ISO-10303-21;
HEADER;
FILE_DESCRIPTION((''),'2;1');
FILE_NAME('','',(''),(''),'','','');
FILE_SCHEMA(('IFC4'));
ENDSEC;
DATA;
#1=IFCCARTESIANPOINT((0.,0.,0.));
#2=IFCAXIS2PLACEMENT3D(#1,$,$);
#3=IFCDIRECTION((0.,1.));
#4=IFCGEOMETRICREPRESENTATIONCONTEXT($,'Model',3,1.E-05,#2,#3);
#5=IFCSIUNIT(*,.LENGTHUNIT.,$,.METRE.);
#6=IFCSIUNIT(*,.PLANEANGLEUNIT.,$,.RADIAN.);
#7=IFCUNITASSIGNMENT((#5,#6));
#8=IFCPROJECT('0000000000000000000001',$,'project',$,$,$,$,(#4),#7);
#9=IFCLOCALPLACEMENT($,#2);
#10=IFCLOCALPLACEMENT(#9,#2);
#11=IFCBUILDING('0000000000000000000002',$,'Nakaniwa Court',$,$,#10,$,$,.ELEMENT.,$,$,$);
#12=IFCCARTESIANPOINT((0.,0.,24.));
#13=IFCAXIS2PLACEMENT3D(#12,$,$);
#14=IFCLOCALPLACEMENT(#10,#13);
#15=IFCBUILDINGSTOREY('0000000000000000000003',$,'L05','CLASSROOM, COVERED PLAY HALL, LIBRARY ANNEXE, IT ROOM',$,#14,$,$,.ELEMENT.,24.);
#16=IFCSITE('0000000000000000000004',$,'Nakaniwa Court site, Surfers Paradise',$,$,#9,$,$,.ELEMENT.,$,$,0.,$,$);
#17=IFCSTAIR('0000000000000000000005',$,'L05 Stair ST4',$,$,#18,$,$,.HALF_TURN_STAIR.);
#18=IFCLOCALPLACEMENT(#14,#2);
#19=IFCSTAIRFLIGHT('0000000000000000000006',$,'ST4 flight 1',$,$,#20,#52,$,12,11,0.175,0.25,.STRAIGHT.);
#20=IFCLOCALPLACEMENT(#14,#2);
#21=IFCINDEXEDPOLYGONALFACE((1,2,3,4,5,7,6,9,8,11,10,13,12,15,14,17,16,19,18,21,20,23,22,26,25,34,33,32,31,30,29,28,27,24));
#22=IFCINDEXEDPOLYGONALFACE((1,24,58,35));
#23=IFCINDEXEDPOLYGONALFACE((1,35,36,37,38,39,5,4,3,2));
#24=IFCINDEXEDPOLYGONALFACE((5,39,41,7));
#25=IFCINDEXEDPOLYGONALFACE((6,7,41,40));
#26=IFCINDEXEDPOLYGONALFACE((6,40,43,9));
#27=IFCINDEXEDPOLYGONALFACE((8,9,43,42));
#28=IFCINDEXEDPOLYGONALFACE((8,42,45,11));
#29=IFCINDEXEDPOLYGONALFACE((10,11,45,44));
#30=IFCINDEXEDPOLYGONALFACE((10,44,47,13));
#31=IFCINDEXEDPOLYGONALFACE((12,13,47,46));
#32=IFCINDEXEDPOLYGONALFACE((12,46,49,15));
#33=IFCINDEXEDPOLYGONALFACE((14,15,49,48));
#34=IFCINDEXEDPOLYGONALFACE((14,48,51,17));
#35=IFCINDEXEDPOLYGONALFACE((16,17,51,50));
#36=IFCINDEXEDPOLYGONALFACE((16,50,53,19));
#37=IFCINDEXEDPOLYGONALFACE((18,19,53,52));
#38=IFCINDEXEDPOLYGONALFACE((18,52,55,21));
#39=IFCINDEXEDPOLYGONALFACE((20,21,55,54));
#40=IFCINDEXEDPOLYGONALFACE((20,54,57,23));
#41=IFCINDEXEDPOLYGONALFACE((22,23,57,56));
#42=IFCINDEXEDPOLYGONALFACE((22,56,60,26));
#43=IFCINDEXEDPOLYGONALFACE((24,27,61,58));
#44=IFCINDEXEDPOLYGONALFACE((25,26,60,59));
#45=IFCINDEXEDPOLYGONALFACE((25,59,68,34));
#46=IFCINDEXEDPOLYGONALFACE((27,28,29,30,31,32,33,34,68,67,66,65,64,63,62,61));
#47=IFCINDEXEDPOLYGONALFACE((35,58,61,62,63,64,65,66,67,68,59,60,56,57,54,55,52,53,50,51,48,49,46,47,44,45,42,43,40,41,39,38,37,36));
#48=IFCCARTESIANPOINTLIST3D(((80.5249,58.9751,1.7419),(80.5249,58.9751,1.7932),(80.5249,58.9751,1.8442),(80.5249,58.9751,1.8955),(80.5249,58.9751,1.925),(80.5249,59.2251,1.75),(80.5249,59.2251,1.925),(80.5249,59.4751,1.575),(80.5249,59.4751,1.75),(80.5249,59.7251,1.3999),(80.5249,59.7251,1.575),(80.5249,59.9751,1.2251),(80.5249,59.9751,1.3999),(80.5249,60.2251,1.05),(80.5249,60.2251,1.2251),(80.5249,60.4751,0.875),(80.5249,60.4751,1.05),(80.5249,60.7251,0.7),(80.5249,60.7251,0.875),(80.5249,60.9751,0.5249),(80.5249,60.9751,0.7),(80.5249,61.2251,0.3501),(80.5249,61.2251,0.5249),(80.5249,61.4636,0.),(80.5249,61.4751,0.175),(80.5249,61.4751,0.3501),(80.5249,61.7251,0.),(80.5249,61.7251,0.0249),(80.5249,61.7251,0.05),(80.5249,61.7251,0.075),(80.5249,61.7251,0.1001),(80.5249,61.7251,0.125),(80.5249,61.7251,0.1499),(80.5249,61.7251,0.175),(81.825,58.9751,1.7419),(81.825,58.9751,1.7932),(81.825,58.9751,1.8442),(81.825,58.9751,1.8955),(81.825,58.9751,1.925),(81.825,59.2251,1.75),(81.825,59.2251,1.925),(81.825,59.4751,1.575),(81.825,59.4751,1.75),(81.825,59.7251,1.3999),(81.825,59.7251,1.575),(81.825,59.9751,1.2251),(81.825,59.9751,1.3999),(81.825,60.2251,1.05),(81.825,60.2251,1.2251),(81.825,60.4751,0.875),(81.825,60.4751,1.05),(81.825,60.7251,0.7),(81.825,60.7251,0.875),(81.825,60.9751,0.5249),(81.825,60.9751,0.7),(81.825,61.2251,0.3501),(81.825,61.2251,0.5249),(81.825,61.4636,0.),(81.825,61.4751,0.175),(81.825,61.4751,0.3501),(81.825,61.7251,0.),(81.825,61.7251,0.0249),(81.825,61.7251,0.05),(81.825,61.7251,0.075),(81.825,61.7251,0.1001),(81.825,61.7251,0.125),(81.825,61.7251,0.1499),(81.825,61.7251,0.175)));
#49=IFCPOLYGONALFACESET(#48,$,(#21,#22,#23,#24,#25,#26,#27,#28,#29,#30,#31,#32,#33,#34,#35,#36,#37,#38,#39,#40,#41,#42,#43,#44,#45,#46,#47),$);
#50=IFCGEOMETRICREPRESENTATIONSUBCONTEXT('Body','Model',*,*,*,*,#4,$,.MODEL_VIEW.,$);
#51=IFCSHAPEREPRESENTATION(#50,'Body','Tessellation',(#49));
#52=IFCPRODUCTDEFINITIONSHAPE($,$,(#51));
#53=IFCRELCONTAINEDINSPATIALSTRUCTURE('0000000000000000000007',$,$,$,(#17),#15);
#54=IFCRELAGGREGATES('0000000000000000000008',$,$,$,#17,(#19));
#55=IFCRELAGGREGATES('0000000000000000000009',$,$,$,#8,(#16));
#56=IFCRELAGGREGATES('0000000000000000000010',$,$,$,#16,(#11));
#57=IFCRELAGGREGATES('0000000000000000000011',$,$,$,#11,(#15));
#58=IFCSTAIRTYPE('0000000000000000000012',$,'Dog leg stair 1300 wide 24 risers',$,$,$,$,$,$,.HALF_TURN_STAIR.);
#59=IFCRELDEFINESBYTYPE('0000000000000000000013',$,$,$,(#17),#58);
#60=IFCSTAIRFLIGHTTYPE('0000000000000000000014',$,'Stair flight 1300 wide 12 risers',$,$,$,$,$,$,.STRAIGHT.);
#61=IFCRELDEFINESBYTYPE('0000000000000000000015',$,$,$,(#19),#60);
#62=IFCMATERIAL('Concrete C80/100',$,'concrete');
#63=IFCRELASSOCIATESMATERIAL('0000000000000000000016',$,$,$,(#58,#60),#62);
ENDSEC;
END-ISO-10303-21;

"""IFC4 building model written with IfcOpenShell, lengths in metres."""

from ifc_helpers import new_model, si_unit, direction, frame, origin, place, context, subcontext, project, spatial, polyline, outline, extrude, material, type_object, element, aggregate, save


model = new_model("IFC4")

# Units and contexts
model_context = context("Model", 3, precision=1e-05, world=origin(), true_north=direction((0.0, 1.0)))
body_context = subcontext(model_context, "Body", "Model", "MODEL_VIEW")
ifc_project = project(units=[si_unit("LENGTHUNIT", "METRE"), si_unit("PLANEANGLEUNIT", "RADIAN")], contexts=[model_context])

# Site, building, storey
site_placement = place(None, origin())
site = spatial("IfcSite", under=ifc_project, at=site_placement, Name="Nakaniwa Court site, Surfers Paradise", CompositionType="ELEMENT", RefElevation=0.0)
building_placement = place(site_placement, origin())
building = spatial("IfcBuilding", under=site, at=building_placement, Name="Nakaniwa Court", CompositionType="ELEMENT")
storey_placement = place(building_placement, frame((0.0, 0.0, 24.0)))
storey = spatial("IfcBuildingStorey", under=building, at=storey_placement, Name="L05", Description="CLASSROOM, COVERED PLAY HALL, LIBRARY ANNEXE, IT ROOM", CompositionType="ELEMENT", Elevation=24.0)

# Stair, stair flight
ifc_material_1 = material(Name="Concrete C80/100", Category="concrete")
stair_type = type_object("IfcStairType", Name="Dog leg stair 1300 wide 24 risers", PredefinedType="HALF_TURN_STAIR", material=ifc_material_1)
stair_placement = place(storey_placement, origin())
stair = element("IfcStair", 1, at=stair_placement, inside=storey, type_object=stair_type, Name="L05 Stair ST4", PredefinedType="HALF_TURN_STAIR")
stair_flight_type = type_object("IfcStairFlightType", Name="Stair flight 1300 wide 12 risers", PredefinedType="STRAIGHT", material=ifc_material_1)
stair_flight_placement = place(storey_placement, frame((81.175, 61.7251, 0.0), z_axis=(0.0, 0.0, 1.0), x_axis=(0.0, -1.0, 0.0)))
stair_flight = element("IfcStairFlight", 2, at=stair_flight_placement, type_object=stair_flight_type, Name="ST4 flight 1", NumberOfRisers=12, NumberOfTreads=11, PredefinedType="STRAIGHT", RiserHeight=0.175, TreadLength=0.25, context=body_context, shape_type="SweptSolid", body=[
    extrude(outline(polyline([(0.0, 0.0), (0.0, 0.0249), (0.0, 0.05), (0.0, 0.075), (0.0, 0.1001), (0.0, 0.125), (0.0, 0.1499), (0.0, 0.175), (0.25, 0.175), (0.25, 0.3501), (0.5, 0.3501), (0.5, 0.5249), (0.75, 0.5249), (0.75, 0.7), (1.0, 0.7), (1.0, 0.875), (1.25, 0.875), (1.25, 1.05), (1.5, 1.05), (1.5, 1.2251), (1.75, 1.2251), (1.75, 1.3999), (2.0, 1.3999), (2.0, 1.575), (2.25, 1.575), (2.25, 1.75), (2.5, 1.75), (2.5, 1.925), (2.75, 1.925), (2.75, 2.1001), (2.75, 2.0488), (2.75, 1.9978), (2.75, 1.9465), (2.75, 1.8955), (2.75, 1.8442), (2.75, 1.7932), (2.75, 1.7419), (0.2615, 0.0), (0.0, 0.0)])), frame((0.0, 0.6499, 0.0), z_axis=(0.0, -1.0, 0.0), x_axis=(1.0, 0.0, 0.0)), (0.0, 0.0, 1.0), 1.3),
])
aggregate(stair, [stair_flight])

save(model, "model.ifc")
